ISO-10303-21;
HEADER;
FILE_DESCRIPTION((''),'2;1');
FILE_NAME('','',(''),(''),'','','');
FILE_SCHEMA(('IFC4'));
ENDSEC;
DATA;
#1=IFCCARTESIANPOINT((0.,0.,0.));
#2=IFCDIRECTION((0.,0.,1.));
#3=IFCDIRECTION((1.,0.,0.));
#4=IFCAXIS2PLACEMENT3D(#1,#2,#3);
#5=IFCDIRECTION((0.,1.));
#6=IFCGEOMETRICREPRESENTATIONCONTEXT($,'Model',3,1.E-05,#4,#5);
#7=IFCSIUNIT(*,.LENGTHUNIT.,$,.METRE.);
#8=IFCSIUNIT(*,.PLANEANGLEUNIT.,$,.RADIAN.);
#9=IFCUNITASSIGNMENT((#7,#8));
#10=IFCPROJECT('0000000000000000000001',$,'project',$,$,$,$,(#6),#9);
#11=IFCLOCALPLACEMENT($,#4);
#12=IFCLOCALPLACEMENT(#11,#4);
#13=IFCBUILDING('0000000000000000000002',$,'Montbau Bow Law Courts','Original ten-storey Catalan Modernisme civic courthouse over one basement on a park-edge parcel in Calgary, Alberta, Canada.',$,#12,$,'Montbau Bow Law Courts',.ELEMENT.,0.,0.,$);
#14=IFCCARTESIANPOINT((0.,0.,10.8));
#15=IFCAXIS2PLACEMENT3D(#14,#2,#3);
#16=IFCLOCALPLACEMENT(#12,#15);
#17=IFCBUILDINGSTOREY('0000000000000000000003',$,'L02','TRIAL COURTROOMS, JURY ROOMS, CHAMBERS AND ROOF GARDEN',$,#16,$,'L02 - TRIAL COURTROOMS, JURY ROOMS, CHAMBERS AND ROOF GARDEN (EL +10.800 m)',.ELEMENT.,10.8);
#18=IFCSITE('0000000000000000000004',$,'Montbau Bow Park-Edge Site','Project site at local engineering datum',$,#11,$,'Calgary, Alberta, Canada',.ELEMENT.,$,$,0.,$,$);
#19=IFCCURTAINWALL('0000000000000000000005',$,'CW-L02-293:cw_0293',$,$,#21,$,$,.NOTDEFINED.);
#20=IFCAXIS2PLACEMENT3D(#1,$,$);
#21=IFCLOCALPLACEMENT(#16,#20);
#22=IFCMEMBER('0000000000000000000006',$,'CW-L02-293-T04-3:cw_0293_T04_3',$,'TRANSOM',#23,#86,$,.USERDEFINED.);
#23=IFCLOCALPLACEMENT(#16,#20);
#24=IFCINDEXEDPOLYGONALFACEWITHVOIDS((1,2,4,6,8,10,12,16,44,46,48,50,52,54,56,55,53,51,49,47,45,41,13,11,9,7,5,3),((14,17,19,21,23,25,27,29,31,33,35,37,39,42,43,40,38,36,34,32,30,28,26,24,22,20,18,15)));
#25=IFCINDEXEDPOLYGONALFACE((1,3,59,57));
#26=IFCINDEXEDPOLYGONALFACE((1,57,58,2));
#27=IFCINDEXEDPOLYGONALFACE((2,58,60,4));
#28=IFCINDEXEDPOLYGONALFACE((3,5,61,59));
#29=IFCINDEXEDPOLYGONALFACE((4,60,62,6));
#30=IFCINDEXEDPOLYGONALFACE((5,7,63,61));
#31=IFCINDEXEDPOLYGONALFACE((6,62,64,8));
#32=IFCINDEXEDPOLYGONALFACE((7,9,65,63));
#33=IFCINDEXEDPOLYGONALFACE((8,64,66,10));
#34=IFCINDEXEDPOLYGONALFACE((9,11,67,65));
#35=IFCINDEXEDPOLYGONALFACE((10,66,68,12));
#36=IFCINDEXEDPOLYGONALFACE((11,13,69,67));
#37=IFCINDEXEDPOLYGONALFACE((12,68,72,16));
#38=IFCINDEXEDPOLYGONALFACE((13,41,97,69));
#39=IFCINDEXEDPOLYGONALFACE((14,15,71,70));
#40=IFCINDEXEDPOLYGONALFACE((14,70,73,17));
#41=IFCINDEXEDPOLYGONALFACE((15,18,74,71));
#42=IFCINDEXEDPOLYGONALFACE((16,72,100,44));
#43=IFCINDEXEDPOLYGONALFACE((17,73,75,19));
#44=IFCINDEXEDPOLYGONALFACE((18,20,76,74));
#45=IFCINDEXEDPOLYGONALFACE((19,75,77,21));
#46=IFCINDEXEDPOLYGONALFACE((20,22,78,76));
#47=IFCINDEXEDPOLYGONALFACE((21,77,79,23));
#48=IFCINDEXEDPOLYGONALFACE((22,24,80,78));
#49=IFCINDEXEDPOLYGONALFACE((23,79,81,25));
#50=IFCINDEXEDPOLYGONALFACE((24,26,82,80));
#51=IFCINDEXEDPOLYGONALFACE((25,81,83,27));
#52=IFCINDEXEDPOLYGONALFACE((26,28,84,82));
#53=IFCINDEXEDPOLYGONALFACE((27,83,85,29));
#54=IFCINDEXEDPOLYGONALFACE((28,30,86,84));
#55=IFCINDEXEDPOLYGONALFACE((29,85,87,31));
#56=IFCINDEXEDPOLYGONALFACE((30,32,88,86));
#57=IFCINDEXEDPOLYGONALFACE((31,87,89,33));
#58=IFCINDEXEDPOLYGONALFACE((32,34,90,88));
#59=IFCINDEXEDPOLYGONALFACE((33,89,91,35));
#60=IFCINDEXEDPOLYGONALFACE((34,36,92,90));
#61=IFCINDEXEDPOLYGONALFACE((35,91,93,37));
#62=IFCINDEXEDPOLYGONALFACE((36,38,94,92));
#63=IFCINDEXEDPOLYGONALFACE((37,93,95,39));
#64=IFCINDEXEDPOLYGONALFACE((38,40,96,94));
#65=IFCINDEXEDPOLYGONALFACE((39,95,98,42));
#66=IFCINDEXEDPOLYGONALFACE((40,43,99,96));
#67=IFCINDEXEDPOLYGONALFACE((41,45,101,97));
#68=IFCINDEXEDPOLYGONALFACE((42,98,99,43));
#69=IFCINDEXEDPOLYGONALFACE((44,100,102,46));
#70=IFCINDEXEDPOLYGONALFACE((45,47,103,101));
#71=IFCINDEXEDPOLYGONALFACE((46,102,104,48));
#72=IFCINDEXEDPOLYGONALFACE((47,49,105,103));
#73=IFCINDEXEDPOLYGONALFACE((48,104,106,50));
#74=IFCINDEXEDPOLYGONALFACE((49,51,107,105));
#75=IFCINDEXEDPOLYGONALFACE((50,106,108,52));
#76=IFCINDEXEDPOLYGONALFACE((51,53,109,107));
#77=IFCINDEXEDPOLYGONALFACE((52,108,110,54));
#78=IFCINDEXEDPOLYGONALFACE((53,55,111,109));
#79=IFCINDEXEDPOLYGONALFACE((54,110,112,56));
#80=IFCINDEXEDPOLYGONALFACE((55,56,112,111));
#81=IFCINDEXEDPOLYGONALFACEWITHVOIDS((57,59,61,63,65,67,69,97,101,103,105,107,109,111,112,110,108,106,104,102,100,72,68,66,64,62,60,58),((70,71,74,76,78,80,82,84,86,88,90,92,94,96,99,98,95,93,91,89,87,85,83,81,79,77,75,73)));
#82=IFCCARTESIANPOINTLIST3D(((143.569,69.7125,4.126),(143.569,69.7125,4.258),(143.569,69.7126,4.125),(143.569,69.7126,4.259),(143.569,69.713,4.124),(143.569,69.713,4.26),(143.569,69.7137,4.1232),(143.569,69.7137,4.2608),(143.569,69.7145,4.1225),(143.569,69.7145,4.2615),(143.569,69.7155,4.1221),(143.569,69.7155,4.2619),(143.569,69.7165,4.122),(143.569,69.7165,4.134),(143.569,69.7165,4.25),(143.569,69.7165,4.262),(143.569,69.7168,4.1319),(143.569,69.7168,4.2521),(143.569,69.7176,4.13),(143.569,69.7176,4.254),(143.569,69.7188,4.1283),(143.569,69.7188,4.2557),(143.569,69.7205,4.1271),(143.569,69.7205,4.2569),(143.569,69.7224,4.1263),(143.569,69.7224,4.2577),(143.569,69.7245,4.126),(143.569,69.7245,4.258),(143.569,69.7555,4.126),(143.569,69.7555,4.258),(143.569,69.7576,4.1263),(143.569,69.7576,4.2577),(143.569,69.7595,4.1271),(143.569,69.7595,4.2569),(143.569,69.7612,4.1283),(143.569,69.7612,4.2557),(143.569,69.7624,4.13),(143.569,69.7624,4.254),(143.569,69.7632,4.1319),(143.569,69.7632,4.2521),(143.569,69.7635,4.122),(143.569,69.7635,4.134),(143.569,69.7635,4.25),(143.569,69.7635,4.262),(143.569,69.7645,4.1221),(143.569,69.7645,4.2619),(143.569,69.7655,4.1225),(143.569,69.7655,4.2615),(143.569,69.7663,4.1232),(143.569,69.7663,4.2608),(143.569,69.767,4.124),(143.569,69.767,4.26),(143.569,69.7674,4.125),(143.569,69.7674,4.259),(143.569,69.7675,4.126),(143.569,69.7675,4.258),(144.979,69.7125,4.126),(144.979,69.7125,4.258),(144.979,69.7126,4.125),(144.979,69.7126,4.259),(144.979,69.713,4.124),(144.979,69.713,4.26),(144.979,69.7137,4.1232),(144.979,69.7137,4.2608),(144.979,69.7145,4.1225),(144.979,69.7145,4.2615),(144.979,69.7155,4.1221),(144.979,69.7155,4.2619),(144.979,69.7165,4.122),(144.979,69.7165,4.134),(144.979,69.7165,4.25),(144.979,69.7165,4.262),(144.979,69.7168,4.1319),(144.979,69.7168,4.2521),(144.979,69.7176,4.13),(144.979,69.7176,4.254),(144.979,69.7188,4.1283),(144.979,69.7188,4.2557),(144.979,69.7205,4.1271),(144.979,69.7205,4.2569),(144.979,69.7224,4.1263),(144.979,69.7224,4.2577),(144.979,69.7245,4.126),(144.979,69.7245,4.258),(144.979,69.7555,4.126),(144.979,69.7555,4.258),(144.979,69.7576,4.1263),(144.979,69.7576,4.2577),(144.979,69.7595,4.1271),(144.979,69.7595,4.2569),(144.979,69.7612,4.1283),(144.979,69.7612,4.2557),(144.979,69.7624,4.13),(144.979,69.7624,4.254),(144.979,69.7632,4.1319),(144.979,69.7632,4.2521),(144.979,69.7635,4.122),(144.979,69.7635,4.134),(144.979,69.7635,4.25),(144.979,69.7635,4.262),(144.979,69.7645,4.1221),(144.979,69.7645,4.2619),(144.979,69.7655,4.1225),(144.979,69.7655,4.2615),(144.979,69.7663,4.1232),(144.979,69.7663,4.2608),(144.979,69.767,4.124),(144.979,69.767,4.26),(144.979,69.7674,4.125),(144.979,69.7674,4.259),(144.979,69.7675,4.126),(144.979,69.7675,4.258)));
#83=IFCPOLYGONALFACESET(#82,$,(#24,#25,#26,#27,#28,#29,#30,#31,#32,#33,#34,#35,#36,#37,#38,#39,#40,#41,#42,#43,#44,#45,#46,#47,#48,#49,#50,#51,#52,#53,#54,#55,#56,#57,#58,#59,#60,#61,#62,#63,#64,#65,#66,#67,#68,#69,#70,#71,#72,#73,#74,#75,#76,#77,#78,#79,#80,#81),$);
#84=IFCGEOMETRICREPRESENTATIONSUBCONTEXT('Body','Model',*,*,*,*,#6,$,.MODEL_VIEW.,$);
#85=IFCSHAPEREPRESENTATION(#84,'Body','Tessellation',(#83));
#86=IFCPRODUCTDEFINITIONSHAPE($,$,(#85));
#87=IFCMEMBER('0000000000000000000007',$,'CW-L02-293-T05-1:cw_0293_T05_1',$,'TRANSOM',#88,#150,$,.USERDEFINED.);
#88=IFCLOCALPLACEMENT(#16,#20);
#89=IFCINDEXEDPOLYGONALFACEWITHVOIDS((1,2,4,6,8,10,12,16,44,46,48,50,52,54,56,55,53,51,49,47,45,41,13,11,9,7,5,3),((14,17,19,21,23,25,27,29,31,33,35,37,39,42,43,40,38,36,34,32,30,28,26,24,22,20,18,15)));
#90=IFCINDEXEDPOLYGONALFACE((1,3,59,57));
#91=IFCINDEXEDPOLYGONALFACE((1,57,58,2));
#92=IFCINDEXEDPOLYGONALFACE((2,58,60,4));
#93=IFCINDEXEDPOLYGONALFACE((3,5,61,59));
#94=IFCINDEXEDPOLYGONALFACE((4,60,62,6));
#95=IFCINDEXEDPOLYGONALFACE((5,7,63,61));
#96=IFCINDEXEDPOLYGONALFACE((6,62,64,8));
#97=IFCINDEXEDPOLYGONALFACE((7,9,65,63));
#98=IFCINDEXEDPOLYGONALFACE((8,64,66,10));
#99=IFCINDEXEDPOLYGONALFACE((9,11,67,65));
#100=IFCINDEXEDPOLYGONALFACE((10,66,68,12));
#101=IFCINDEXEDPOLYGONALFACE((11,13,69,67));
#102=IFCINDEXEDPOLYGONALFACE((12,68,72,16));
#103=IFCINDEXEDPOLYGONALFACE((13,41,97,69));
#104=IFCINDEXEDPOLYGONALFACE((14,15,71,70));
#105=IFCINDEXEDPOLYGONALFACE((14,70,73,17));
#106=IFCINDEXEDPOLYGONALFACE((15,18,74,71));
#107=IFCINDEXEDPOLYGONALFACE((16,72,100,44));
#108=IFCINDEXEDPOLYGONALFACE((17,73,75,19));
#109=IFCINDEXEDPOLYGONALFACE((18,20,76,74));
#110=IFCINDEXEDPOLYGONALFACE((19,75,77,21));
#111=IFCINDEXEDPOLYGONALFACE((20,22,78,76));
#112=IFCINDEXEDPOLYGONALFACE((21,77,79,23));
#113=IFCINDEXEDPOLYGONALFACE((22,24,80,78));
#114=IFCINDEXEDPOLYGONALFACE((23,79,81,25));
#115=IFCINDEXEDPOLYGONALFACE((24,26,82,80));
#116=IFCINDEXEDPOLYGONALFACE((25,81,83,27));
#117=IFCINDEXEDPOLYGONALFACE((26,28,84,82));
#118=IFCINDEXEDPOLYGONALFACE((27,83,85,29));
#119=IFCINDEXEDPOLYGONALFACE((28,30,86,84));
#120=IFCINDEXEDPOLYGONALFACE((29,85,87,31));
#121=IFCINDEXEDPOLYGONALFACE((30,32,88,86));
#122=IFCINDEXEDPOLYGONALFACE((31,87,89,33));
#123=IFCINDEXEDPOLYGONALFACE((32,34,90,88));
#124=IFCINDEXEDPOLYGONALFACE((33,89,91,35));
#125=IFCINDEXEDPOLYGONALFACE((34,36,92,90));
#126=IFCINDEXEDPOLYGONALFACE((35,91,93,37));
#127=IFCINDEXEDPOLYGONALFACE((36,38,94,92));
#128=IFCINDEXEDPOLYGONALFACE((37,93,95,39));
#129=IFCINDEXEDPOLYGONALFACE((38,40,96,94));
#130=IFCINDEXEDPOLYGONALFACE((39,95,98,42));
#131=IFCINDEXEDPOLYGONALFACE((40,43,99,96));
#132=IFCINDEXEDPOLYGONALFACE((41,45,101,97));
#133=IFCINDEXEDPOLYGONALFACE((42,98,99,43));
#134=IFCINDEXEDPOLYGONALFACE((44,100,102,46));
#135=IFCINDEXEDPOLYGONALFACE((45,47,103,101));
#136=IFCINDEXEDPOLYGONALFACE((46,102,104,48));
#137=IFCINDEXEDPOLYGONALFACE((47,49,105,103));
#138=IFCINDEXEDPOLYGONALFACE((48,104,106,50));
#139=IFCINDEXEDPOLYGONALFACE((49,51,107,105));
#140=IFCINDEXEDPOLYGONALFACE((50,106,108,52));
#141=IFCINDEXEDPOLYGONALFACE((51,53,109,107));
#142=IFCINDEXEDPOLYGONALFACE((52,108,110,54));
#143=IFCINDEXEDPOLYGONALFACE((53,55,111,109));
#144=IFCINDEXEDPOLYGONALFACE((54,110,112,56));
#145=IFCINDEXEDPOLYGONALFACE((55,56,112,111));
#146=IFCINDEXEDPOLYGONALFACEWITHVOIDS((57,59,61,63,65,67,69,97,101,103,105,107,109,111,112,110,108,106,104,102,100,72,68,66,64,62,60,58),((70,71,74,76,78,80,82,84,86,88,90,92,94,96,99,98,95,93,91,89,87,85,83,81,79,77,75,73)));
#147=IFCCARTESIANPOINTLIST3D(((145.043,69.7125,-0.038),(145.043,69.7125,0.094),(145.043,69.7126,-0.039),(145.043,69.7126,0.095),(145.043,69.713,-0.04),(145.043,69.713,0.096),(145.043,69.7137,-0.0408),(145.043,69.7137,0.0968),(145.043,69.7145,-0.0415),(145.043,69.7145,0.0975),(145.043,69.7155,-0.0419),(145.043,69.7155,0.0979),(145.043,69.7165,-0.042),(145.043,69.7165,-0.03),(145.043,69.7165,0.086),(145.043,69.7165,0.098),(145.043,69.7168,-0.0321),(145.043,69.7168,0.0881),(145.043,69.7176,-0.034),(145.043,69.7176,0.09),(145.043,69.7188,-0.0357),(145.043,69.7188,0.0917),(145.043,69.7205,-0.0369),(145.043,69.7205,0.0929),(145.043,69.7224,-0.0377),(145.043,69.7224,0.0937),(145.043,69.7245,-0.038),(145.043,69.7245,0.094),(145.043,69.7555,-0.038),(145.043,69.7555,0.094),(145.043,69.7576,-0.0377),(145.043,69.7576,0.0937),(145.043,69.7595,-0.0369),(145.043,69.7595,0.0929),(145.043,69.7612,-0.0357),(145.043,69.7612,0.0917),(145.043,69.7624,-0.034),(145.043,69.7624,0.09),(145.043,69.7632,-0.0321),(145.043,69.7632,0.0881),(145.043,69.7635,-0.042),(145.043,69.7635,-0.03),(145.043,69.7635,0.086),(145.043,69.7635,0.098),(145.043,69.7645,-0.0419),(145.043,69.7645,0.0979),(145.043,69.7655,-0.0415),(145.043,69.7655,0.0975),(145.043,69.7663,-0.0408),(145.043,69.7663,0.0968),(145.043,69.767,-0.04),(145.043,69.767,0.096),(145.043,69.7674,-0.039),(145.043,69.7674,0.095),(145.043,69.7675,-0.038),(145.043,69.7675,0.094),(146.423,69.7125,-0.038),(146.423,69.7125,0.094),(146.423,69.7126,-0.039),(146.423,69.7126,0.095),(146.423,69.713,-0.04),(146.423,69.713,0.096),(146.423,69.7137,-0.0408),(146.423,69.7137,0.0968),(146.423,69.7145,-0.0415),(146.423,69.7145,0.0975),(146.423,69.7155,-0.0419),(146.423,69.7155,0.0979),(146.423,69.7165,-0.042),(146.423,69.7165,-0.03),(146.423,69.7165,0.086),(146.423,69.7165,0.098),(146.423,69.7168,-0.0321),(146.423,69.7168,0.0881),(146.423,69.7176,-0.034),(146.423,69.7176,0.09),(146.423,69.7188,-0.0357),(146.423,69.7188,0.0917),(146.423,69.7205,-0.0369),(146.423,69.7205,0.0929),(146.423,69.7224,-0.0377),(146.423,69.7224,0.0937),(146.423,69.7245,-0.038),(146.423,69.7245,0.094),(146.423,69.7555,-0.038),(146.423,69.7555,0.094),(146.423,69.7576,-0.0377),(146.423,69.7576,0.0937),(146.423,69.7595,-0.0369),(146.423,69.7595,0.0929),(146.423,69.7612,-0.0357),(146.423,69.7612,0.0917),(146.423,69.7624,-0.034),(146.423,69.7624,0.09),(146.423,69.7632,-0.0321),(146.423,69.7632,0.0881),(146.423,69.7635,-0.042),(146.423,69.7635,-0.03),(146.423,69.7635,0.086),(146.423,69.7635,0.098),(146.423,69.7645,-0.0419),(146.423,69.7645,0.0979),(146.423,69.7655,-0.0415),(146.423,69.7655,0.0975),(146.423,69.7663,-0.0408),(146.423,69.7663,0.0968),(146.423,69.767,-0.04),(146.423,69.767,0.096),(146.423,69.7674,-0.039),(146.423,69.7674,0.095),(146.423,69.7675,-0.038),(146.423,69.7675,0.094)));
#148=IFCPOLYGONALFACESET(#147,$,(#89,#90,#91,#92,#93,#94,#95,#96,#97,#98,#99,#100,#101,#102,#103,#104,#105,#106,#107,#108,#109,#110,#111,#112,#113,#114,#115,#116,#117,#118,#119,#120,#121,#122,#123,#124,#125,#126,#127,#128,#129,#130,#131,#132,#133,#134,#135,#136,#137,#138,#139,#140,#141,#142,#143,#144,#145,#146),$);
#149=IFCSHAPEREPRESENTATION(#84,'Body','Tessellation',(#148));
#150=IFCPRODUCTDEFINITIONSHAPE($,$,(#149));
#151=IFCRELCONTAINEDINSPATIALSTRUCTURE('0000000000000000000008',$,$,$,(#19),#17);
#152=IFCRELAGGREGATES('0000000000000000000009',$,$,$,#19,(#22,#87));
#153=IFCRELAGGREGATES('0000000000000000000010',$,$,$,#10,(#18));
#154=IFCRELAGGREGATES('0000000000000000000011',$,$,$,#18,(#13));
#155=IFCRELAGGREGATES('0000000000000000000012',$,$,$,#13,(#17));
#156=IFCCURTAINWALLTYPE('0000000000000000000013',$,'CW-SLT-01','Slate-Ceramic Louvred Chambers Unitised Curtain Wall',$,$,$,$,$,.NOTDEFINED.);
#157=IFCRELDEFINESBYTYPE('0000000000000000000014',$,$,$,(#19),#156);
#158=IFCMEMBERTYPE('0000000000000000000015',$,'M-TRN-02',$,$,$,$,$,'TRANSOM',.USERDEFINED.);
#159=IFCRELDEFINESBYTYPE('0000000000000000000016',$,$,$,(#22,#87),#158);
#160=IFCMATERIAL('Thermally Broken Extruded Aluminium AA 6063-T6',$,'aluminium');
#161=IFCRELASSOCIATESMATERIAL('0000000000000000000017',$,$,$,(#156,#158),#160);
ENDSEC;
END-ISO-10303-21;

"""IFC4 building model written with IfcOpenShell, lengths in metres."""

from ifc_helpers import new_model, si_unit, direction, frame, origin_with_axes, origin_2d_with_axis, place, context, subcontext, project, spatial, hollow_rectangle, extrude, material, material_profile, profile_set, type_object, element, aggregate, save


model = new_model("IFC4")

# Units and contexts
model_context = context("Model", 3, precision=1e-05, world=origin_with_axes(), true_north=direction((0.0, 1.0)))
body_context = subcontext(model_context, "Body", "Model", "MODEL_VIEW")
ifc_project = project(units=[si_unit("LENGTHUNIT", "METRE"), si_unit("PLANEANGLEUNIT", "RADIAN")], contexts=[model_context])

# Site, building, storey
site_placement = place(None, origin_with_axes())
site = spatial("IfcSite", under=ifc_project, at=site_placement, Name="Montbau Bow Park-Edge Site", Description="Project site at local engineering datum", LongName="Calgary, Alberta, Canada", CompositionType="ELEMENT", RefElevation=0.0)
building_placement = place(site_placement, origin_with_axes())
building = spatial("IfcBuilding", under=site, at=building_placement, Name="Montbau Bow Law Courts", Description="Original ten-storey Catalan Modernisme civic courthouse over one basement on a park-edge parcel in Calgary, Alberta, Canada.", LongName="Montbau Bow Law Courts", CompositionType="ELEMENT", ElevationOfRefHeight=0.0, ElevationOfTerrain=0.0)
storey_placement = place(building_placement, frame((0.0, 0.0, 10.8), z_axis=(0.0, 0.0, 1.0), x_axis=(1.0, 0.0, 0.0)))
storey = spatial("IfcBuildingStorey", under=building, at=storey_placement, Name="L02", Description="TRIAL COURTROOMS, JURY ROOMS, CHAMBERS AND ROOF GARDEN", LongName="L02 - TRIAL COURTROOMS, JURY ROOMS, CHAMBERS AND ROOF GARDEN (EL +10.800 m)", CompositionType="ELEMENT", Elevation=10.8)

# Curtain wall
ifc_material_1 = material(Name="Thermally Broken Extruded Aluminium AA 6063-T6", Category="aluminium")
curtain_wall_type = type_object("IfcCurtainWallType", Name="CW-SLT-01", Description="Slate-Ceramic Louvred Chambers Unitised Curtain Wall", PredefinedType="NOTDEFINED", material=ifc_material_1)
curtain_wall_1_placement = place(None, frame((139.115, 69.74, 10.8), z_axis=(0.0, 0.0, 1.0), x_axis=(1.0, 0.0, 0.0)))
curtain_wall_1 = element("IfcCurtainWall", 1, at=curtain_wall_1_placement, inside=storey, type_object=curtain_wall_type, Name="CW-L02-293:cw_0293", PredefinedType="NOTDEFINED")

# Members
ifc_material_profile_1 = material_profile(ifc_material_1, hollow_rectangle(XDim=0.055, YDim=0.14, WallThickness=0.004, InnerFilletRadius=0.008, OuterFilletRadius=0.004, at=origin_2d_with_axis()), Name="CWT-140X55", Category="Main", Priority=0)
ifc_profile_set_1 = profile_set([ifc_material_profile_1], Name="Thermally Broken Extruded Aluminium AA 6063-T6")
member_type_1 = type_object("IfcMemberType", Name="M-TRN-02", ElementType="TRANSOM", PredefinedType="USERDEFINED", material=ifc_profile_set_1)
member_1_placement = place(None, frame((143.569, 69.74, 14.992), z_axis=(1.0, 0.0, 0.0), x_axis=(0.0, 1.0, 0.0)))
member_1 = element("IfcMember", 2, at=member_1_placement, type_object=member_type_1, Name="CW-L02-293-T04-3:cw_0293_T04_3", ObjectType="TRANSOM", PredefinedType="USERDEFINED", context=body_context, shape_type="SweptSolid", body=[
    extrude(hollow_rectangle(XDim=0.055, YDim=0.14, WallThickness=0.004, InnerFilletRadius=0.008, OuterFilletRadius=0.004, at=origin_2d_with_axis()), origin_with_axes(), (0.0, 0.0, 1.0), 1.41),
])
member_2_placement = place(None, frame((145.043, 69.74, 10.828), z_axis=(1.0, 0.0, 0.0), x_axis=(0.0, 1.0, 0.0)))
member_2 = element("IfcMember", 3, at=member_2_placement, type_object=member_type_1, Name="CW-L02-293-T05-1:cw_0293_T05_1", ObjectType="TRANSOM", PredefinedType="USERDEFINED", context=body_context, shape_type="SweptSolid", body=[
    extrude(hollow_rectangle(XDim=0.055, YDim=0.14, WallThickness=0.004, InnerFilletRadius=0.008, OuterFilletRadius=0.004, at=origin_2d_with_axis()), origin_with_axes(), (0.0, 0.0, 1.0), 1.38),
])

aggregate(curtain_wall_1, [member_1, member_2])

save(model, "model.ifc")
